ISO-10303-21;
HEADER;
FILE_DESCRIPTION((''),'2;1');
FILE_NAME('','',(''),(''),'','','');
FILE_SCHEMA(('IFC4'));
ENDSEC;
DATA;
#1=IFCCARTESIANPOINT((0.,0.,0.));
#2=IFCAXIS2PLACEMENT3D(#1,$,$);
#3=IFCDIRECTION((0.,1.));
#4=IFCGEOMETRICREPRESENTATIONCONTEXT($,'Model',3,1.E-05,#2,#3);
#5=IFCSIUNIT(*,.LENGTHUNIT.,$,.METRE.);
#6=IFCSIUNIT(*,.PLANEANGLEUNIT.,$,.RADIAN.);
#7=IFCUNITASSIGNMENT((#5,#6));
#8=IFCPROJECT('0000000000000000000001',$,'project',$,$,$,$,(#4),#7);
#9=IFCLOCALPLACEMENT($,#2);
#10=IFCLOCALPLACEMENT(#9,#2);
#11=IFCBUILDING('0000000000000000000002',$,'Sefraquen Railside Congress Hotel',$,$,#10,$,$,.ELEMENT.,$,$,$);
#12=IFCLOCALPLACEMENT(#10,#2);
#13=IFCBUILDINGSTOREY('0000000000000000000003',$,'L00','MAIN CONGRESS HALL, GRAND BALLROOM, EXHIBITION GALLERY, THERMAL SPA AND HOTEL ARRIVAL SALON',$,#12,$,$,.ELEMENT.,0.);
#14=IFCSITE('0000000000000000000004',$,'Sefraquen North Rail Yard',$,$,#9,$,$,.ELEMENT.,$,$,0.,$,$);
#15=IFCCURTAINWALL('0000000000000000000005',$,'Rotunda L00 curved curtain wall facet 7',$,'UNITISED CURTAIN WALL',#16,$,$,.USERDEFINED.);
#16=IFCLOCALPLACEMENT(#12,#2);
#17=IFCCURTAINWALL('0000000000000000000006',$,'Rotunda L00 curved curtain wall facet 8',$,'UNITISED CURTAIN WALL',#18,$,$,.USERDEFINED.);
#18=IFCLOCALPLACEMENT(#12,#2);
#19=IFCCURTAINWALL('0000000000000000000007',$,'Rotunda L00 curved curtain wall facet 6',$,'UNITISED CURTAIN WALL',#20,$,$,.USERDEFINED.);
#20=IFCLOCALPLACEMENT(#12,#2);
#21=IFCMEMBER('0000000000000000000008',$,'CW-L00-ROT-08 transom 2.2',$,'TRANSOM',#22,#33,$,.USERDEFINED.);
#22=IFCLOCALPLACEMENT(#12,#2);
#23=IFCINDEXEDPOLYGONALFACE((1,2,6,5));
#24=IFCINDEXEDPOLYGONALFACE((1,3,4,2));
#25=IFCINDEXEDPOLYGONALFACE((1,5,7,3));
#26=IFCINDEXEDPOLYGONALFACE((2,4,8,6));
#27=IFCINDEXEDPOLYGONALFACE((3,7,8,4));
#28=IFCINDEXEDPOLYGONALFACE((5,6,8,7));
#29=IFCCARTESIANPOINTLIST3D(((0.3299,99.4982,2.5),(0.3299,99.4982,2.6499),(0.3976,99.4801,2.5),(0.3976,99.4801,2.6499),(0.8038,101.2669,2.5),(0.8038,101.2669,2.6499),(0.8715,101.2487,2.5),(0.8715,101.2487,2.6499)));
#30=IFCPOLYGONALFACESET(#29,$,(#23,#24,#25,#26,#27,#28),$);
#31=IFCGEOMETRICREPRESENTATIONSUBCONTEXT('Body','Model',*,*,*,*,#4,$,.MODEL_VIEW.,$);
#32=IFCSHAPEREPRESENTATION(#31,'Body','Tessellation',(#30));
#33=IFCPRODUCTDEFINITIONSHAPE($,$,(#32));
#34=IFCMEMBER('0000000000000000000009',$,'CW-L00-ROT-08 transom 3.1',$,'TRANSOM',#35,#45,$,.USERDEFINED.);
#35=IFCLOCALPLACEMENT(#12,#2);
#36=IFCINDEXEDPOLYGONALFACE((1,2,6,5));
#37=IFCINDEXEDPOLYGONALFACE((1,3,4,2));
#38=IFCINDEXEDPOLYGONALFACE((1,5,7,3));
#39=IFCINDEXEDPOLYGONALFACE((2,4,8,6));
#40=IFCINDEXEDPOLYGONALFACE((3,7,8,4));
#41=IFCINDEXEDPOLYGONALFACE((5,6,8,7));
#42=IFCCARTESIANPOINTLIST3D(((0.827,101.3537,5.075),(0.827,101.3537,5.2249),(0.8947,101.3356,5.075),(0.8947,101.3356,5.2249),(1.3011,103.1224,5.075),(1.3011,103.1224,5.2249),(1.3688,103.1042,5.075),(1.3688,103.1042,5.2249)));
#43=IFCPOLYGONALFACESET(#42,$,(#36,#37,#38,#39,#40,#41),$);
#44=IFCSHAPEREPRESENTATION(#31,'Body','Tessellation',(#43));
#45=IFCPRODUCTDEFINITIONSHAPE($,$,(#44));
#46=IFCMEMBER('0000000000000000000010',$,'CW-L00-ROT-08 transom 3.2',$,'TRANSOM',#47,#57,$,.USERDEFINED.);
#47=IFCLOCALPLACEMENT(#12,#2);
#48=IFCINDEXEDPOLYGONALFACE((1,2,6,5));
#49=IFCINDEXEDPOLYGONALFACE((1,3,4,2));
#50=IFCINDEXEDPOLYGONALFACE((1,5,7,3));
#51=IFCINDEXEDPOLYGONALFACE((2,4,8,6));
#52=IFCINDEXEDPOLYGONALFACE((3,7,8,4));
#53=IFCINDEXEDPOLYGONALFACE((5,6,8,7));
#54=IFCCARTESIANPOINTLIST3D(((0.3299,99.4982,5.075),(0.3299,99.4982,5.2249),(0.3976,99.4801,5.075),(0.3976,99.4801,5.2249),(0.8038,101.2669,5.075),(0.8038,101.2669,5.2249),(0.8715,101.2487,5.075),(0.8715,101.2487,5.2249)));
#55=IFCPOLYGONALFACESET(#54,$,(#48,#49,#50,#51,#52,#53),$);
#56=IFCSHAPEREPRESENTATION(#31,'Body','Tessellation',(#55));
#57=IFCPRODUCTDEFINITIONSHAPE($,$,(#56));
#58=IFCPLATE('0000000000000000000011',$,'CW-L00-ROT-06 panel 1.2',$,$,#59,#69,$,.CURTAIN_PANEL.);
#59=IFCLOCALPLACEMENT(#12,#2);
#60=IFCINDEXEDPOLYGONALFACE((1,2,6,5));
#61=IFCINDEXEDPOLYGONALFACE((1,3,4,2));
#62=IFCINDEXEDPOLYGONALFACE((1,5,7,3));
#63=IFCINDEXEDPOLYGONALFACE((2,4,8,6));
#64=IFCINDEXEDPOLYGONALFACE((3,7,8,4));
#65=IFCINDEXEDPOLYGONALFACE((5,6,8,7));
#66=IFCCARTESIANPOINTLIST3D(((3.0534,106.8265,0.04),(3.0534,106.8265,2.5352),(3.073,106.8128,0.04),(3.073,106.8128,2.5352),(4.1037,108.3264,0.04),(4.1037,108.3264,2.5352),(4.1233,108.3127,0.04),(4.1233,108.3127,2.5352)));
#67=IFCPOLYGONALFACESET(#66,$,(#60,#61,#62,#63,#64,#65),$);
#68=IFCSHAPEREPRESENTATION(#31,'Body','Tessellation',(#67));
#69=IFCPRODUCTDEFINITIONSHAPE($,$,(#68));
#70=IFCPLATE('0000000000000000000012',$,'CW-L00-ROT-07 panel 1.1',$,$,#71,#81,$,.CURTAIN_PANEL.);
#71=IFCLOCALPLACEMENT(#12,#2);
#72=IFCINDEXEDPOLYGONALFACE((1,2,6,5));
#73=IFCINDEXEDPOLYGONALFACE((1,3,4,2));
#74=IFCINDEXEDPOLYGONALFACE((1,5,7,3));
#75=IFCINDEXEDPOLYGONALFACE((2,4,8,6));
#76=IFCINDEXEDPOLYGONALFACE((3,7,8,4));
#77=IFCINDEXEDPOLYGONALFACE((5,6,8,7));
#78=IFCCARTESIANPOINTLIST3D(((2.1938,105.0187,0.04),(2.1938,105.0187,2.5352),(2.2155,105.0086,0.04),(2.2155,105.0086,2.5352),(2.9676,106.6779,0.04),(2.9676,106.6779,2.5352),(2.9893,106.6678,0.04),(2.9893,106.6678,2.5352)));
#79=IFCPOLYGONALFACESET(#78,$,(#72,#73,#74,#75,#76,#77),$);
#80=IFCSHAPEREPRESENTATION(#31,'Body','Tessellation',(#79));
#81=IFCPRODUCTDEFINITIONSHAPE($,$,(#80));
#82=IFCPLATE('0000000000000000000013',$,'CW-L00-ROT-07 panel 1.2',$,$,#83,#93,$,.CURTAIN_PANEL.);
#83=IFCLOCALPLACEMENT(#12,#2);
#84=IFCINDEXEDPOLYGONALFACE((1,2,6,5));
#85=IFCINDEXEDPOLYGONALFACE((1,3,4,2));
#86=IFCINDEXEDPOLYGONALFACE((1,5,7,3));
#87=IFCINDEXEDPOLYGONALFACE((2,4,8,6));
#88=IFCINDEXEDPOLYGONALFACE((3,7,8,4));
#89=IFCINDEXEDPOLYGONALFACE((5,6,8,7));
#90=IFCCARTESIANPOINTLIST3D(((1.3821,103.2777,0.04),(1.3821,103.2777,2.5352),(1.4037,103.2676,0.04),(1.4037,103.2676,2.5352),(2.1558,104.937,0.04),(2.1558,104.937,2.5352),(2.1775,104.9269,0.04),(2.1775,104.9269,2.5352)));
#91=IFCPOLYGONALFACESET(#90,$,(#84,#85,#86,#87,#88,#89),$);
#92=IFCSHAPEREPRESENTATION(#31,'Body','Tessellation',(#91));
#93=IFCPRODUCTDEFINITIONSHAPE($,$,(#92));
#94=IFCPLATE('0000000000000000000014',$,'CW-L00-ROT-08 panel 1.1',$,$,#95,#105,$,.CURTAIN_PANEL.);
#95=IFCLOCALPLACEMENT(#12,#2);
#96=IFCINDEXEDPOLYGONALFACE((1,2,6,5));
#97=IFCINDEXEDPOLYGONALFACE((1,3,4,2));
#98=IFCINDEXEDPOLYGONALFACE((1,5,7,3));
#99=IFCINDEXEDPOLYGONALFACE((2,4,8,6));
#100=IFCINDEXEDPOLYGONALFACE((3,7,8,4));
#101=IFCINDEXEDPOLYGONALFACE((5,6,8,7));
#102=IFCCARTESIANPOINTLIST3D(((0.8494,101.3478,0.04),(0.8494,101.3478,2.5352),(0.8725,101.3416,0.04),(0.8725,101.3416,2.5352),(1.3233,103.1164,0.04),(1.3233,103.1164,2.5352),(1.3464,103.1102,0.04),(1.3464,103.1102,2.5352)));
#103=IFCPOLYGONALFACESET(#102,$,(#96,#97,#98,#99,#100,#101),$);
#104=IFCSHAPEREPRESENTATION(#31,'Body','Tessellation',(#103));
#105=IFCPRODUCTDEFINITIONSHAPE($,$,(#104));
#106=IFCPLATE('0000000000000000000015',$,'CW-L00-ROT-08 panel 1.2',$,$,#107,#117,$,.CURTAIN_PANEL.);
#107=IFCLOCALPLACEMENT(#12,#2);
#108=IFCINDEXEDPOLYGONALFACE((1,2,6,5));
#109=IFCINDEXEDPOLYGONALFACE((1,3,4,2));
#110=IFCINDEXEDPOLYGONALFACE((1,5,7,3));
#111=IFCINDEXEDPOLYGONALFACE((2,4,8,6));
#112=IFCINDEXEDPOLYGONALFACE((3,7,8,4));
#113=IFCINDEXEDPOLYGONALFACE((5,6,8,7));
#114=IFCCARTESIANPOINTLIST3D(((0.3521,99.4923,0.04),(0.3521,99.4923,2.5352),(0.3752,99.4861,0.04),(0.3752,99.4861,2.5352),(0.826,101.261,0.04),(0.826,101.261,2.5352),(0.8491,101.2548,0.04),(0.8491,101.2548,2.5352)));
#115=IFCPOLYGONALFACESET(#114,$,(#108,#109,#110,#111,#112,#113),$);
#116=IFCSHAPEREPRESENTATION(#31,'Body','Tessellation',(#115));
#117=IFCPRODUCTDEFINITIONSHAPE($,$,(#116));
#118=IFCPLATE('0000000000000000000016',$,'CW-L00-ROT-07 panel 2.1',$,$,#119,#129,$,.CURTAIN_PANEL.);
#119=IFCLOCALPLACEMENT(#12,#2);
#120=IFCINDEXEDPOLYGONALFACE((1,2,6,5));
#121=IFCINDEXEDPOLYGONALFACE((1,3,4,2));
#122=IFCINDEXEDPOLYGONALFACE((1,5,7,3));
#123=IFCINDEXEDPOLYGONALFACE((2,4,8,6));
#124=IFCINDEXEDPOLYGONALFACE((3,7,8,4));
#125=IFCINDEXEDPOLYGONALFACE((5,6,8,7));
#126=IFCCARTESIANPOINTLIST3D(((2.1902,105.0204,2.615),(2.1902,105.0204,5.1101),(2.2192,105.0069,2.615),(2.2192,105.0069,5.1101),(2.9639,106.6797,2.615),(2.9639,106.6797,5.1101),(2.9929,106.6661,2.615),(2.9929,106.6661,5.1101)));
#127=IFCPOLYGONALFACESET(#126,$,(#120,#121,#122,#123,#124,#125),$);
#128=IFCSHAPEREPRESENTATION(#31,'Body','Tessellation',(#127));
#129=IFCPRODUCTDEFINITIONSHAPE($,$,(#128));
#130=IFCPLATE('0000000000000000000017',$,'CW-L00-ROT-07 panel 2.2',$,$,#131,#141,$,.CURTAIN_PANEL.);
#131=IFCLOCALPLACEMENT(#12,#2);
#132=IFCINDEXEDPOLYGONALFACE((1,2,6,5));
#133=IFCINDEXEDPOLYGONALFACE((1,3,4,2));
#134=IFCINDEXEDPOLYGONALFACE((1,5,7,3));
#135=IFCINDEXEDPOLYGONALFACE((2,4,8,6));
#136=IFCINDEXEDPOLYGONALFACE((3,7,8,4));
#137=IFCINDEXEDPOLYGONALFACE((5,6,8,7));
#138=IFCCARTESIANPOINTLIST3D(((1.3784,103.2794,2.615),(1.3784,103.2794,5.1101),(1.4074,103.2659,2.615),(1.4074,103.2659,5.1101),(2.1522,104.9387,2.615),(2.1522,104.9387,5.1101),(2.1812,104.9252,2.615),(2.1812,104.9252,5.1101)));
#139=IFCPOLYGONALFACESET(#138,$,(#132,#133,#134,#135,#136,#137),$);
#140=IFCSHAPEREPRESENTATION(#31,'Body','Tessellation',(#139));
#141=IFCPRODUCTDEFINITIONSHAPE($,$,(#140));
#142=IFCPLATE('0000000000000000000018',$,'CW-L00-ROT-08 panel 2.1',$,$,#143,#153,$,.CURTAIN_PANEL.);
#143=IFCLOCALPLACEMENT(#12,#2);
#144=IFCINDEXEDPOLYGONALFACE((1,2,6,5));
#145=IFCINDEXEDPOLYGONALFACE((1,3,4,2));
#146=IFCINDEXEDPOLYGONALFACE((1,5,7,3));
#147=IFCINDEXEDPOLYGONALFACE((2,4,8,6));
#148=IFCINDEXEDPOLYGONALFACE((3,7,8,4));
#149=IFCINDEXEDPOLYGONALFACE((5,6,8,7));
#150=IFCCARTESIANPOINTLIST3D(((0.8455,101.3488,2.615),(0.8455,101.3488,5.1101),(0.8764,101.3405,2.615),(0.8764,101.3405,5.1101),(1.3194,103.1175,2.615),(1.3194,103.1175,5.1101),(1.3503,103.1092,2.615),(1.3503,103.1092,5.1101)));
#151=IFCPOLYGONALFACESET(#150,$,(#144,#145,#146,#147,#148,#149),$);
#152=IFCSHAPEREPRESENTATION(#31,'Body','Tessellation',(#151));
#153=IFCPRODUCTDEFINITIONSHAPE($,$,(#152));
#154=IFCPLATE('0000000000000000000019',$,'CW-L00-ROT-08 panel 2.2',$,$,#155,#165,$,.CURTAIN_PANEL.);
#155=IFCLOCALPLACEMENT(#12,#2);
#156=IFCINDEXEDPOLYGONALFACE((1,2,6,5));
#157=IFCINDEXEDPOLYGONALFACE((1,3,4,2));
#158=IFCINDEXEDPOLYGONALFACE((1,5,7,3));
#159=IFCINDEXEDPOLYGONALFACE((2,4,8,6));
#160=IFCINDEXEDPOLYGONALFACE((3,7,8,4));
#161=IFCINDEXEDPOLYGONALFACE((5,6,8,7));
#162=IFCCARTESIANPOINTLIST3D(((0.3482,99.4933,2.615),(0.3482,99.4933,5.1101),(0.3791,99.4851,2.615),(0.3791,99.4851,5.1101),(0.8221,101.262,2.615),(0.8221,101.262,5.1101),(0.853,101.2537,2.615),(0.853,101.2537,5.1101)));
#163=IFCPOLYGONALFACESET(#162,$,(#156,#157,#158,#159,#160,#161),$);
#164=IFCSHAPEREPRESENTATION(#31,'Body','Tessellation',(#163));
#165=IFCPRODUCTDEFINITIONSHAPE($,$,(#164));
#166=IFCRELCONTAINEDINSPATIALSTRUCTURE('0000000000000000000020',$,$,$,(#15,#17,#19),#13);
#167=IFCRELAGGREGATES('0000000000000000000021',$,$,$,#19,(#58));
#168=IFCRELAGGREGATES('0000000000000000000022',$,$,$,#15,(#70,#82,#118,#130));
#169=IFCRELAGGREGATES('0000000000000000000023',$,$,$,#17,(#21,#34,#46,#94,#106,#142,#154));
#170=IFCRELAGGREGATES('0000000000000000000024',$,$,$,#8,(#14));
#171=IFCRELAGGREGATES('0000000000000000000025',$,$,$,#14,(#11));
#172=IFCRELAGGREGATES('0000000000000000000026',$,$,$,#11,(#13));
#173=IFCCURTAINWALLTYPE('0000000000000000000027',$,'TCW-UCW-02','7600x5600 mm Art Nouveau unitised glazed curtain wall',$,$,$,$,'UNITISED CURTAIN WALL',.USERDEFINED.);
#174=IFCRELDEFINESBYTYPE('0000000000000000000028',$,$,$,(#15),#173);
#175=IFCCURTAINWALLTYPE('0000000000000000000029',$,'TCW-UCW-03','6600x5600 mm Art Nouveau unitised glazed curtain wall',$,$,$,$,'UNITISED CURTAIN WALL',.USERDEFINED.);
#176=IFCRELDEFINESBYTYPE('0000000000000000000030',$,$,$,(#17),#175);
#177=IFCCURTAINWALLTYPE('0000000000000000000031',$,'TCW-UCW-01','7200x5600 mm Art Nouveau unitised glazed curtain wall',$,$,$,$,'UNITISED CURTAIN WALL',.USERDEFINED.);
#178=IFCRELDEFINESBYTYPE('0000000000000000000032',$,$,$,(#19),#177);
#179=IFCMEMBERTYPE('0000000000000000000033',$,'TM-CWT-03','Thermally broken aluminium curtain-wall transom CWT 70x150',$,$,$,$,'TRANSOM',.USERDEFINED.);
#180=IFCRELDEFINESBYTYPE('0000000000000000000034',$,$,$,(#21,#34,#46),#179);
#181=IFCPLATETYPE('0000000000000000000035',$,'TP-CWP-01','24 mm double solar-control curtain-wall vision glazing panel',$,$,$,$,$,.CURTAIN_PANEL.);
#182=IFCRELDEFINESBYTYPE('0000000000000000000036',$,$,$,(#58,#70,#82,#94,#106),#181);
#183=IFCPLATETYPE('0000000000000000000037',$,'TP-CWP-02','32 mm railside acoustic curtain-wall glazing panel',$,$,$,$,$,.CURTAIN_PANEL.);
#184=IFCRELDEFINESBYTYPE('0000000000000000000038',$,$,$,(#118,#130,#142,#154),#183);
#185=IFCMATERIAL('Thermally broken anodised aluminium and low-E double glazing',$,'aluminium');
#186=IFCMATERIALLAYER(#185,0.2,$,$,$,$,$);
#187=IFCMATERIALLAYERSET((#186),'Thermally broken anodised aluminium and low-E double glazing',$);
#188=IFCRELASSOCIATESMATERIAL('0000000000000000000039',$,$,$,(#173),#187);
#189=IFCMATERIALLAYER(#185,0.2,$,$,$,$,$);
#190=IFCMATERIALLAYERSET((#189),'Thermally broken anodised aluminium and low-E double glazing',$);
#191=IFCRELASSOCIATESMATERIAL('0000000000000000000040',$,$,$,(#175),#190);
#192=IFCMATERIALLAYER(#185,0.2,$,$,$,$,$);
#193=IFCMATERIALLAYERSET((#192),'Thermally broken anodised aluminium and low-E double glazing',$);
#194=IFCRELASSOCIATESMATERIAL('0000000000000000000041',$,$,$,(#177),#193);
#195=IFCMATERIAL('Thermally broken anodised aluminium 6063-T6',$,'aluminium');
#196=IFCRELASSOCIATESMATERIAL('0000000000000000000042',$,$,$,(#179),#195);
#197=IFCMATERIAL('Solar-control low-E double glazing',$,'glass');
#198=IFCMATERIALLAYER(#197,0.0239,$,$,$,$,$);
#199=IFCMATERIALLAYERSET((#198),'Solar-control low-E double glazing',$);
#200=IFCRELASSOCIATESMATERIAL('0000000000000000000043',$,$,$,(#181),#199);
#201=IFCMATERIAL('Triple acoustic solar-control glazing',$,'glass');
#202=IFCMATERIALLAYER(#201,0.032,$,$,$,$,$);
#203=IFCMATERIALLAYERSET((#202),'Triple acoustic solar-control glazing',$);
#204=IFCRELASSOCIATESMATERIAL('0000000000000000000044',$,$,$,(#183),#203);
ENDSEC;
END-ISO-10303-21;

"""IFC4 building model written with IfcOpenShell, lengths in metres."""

from ifc_helpers import new_model, si_unit, direction, frame, origin, origin_2d, place, context, subcontext, project, spatial, rectangle, extrude, material, layer, layer_set, material_profile, profile_set, type_object, element, aggregate, save


model = new_model("IFC4")

# Units and contexts
model_context = context("Model", 3, precision=1e-05, world=origin(), true_north=direction((0.0, 1.0)))
body_context = subcontext(model_context, "Body", "Model", "MODEL_VIEW")
ifc_project = project(units=[si_unit("LENGTHUNIT", "METRE"), si_unit("PLANEANGLEUNIT", "RADIAN")], contexts=[model_context])

# Site, building, storey
site_placement = place(None, origin())
site = spatial("IfcSite", under=ifc_project, at=site_placement, Name="Sefraquen North Rail Yard", CompositionType="ELEMENT", RefElevation=0.0)
building_placement = place(site_placement, origin())
building = spatial("IfcBuilding", under=site, at=building_placement, Name="Sefraquen Railside Congress Hotel", CompositionType="ELEMENT")
storey_placement = place(building_placement, origin())
storey = spatial("IfcBuildingStorey", under=building, at=storey_placement, Name="L00", Description="MAIN CONGRESS HALL, GRAND BALLROOM, EXHIBITION GALLERY, THERMAL SPA AND HOTEL ARRIVAL SALON", CompositionType="ELEMENT", Elevation=0.0)

# Curtain walls
ifc_material_1 = material(Name="Thermally broken anodised aluminium and low-E double glazing", Category="aluminium")
ifc_layer_1 = layer(ifc_material_1, 0.2)
ifc_layer_set_1 = layer_set([ifc_layer_1], Name="Thermally broken anodised aluminium and low-E double glazing")
curtain_wall_type_1 = type_object("IfcCurtainWallType", Name="TCW-UCW-02", Description="7600x5600 mm Art Nouveau unitised glazed curtain wall", ElementType="UNITISED CURTAIN WALL", PredefinedType="USERDEFINED", material=ifc_layer_set_1)
curtain_wall_1_placement = place(storey_placement, origin())
curtain_wall_1 = element("IfcCurtainWall", 1, at=curtain_wall_1_placement, inside=storey, type_object=curtain_wall_type_1, Name="Rotunda L00 curved curtain wall facet 7", ObjectType="UNITISED CURTAIN WALL", PredefinedType="USERDEFINED")
ifc_material_2 = material(Name="Thermally broken anodised aluminium 6063-T6", Category="aluminium")
ifc_layer_2 = layer(ifc_material_1, 0.2)
ifc_layer_set_2 = layer_set([ifc_layer_2], Name="Thermally broken anodised aluminium and low-E double glazing")
curtain_wall_type_2 = type_object("IfcCurtainWallType", Name="TCW-UCW-03", Description="6600x5600 mm Art Nouveau unitised glazed curtain wall", ElementType="UNITISED CURTAIN WALL", PredefinedType="USERDEFINED", material=ifc_layer_set_2)
curtain_wall_2_placement = place(storey_placement, origin())
curtain_wall_2 = element("IfcCurtainWall", 2, at=curtain_wall_2_placement, inside=storey, type_object=curtain_wall_type_2, Name="Rotunda L00 curved curtain wall facet 8", ObjectType="UNITISED CURTAIN WALL", PredefinedType="USERDEFINED")
ifc_layer_3 = layer(ifc_material_1, 0.2)
ifc_layer_set_3 = layer_set([ifc_layer_3], Name="Thermally broken anodised aluminium and low-E double glazing")
curtain_wall_type_3 = type_object("IfcCurtainWallType", Name="TCW-UCW-01", Description="7200x5600 mm Art Nouveau unitised glazed curtain wall", ElementType="UNITISED CURTAIN WALL", PredefinedType="USERDEFINED", material=ifc_layer_set_3)
curtain_wall_3_placement = place(storey_placement, origin())
curtain_wall_3 = element("IfcCurtainWall", 3, at=curtain_wall_3_placement, inside=storey, type_object=curtain_wall_type_3, Name="Rotunda L00 curved curtain wall facet 6", ObjectType="UNITISED CURTAIN WALL", PredefinedType="USERDEFINED")

# Members
ifc_material_profile_1 = material_profile(ifc_material_2, rectangle(XDim=0.0701, YDim=0.1499, at=origin_2d()), Name="CWT 70x150")
ifc_profile_set_1 = profile_set([ifc_material_profile_1], Name="Thermally broken anodised aluminium 6063-T6")
member_type_1 = type_object("IfcMemberType", Name="TM-CWT-03", Description="Thermally broken aluminium curtain-wall transom CWT 70x150", ElementType="TRANSOM", PredefinedType="USERDEFINED", material=ifc_profile_set_1)
member_1_placement = place(storey_placement, frame((0.8376, 101.2578, 2.575), z_axis=(-0.258816, -0.965927, 0.0), x_axis=(0.965927, -0.258816, 0.0)))
member_1 = element("IfcMember", 4, at=member_1_placement, type_object=member_type_1, Name="CW-L00-ROT-08 transom 2.2", ObjectType="TRANSOM", PredefinedType="USERDEFINED", context=body_context, shape_type="SweptSolid", body=[
    extrude(rectangle(XDim=0.0701, YDim=0.1499, at=origin_2d()), origin(), (0.0, 0.0, 1.0), 1.8311),
])
member_2_placement = place(storey_placement, frame((1.335, 103.1133, 5.1499), z_axis=(-0.25894, -0.965893, 0.0), x_axis=(0.965893, -0.25894, 0.0)))
member_2 = element("IfcMember", 5, at=member_2_placement, type_object=member_type_1, Name="CW-L00-ROT-08 transom 3.1", ObjectType="TRANSOM", PredefinedType="USERDEFINED", context=body_context, shape_type="SweptSolid", body=[
    extrude(rectangle(XDim=0.0701, YDim=0.1499, at=origin_2d()), origin(), (0.0, 0.0, 1.0), 1.8311),
])
member_3_placement = place(storey_placement, frame((0.8376, 101.2578, 5.1499), z_axis=(-0.258816, -0.965927, 0.0), x_axis=(0.965927, -0.258816, 0.0)))
member_3 = element("IfcMember", 6, at=member_3_placement, type_object=member_type_1, Name="CW-L00-ROT-08 transom 3.2", ObjectType="TRANSOM", PredefinedType="USERDEFINED", context=body_context, shape_type="SweptSolid", body=[
    extrude(rectangle(XDim=0.0701, YDim=0.1499, at=origin_2d()), origin(), (0.0, 0.0, 1.0), 1.8311),
])

# Plates
ifc_material_3 = material(Name="Solar-control low-E double glazing", Category="glass")
ifc_layer_4 = layer(ifc_material_3, 0.0239)
ifc_layer_set_4 = layer_set([ifc_layer_4], Name="Solar-control low-E double glazing")
plate_type_1 = type_object("IfcPlateType", Name="TP-CWP-01", Description="24 mm double solar-control curtain-wall vision glazing panel", PredefinedType="CURTAIN_PANEL", material=ifc_layer_set_4)
plate_1_placement = place(storey_placement, frame((3.5884, 107.5696, 0.04), z_axis=(0.0, 0.0, 1.0), x_axis=(-0.573605, -0.819132, 0.0)))
plate_1 = element("IfcPlate", 7, at=plate_1_placement, type_object=plate_type_1, Name="CW-L00-ROT-06 panel 1.2", PredefinedType="CURTAIN_PANEL", context=body_context, shape_type="SweptSolid", body=[
    extrude(rectangle(XDim=1.8311, YDim=0.0239, at=origin_2d()), origin(), (0.0, 0.0, 1.0), 2.4951),
])
aggregate(curtain_wall_3, [plate_1])
plate_2_placement = place(storey_placement, frame((2.5916, 105.8433, 0.04), z_axis=(0.0, 0.0, 1.0), x_axis=(-0.422634, -0.9063, 0.0)))
plate_2 = element("IfcPlate", 8, at=plate_2_placement, type_object=plate_type_1, Name="CW-L00-ROT-07 panel 1.1", PredefinedType="CURTAIN_PANEL", context=body_context, shape_type="SweptSolid", body=[
    extrude(rectangle(XDim=1.8308, YDim=0.0239, at=origin_2d()), origin(), (0.0, 0.0, 1.0), 2.4951),
])
plate_3_placement = place(storey_placement, frame((1.7798, 104.1023, 0.04), z_axis=(0.0, 0.0, 1.0), x_axis=(-0.422634, -0.9063, 0.0)))
plate_3 = element("IfcPlate", 9, at=plate_3_placement, type_object=plate_type_1, Name="CW-L00-ROT-07 panel 1.2", PredefinedType="CURTAIN_PANEL", context=body_context, shape_type="SweptSolid", body=[
    extrude(rectangle(XDim=1.8308, YDim=0.0239, at=origin_2d()), origin(), (0.0, 0.0, 1.0), 2.4951),
])
plate_4_placement = place(storey_placement, frame((1.0979, 102.229, 0.04), z_axis=(0.0, 0.0, 1.0), x_axis=(-0.258785, -0.965935, 0.0)))
plate_4 = element("IfcPlate", 10, at=plate_4_placement, type_object=plate_type_1, Name="CW-L00-ROT-08 panel 1.1", PredefinedType="CURTAIN_PANEL", context=body_context, shape_type="SweptSolid", body=[
    extrude(rectangle(XDim=1.8311, YDim=0.0239, at=origin_2d()), origin(), (0.0, 0.0, 1.0), 2.4951),
])
plate_5_placement = place(storey_placement, frame((0.6006, 100.3735, 0.04), z_axis=(0.0, 0.0, 1.0), x_axis=(-0.258785, -0.965935, 0.0)))
plate_5 = element("IfcPlate", 11, at=plate_5_placement, type_object=plate_type_1, Name="CW-L00-ROT-08 panel 1.2", PredefinedType="CURTAIN_PANEL", context=body_context, shape_type="SweptSolid", body=[
    extrude(rectangle(XDim=1.8311, YDim=0.0239, at=origin_2d()), origin(), (0.0, 0.0, 1.0), 2.4951),
])
ifc_material_4 = material(Name="Triple acoustic solar-control glazing", Category="glass")
ifc_layer_5 = layer(ifc_material_4, 0.032)
ifc_layer_set_5 = layer_set([ifc_layer_5], Name="Triple acoustic solar-control glazing")
plate_type_2 = type_object("IfcPlateType", Name="TP-CWP-02", Description="32 mm railside acoustic curtain-wall glazing panel", PredefinedType="CURTAIN_PANEL", material=ifc_layer_set_5)
plate_6_placement = place(storey_placement, frame((2.5916, 105.8433, 2.615), z_axis=(0.0, 0.0, 1.0), x_axis=(-0.422634, -0.9063, 0.0)))
plate_6 = element("IfcPlate", 12, at=plate_6_placement, type_object=plate_type_2, Name="CW-L00-ROT-07 panel 2.1", PredefinedType="CURTAIN_PANEL", context=body_context, shape_type="SweptSolid", body=[
    extrude(rectangle(XDim=1.8308, YDim=0.032, at=origin_2d()), origin(), (0.0, 0.0, 1.0), 2.4951),
])
plate_7_placement = place(storey_placement, frame((1.7798, 104.1023, 2.615), z_axis=(0.0, 0.0, 1.0), x_axis=(-0.422634, -0.9063, 0.0)))
plate_7 = element("IfcPlate", 13, at=plate_7_placement, type_object=plate_type_2, Name="CW-L00-ROT-07 panel 2.2", PredefinedType="CURTAIN_PANEL", context=body_context, shape_type="SweptSolid", body=[
    extrude(rectangle(XDim=1.8308, YDim=0.032, at=origin_2d()), origin(), (0.0, 0.0, 1.0), 2.4951),
])
aggregate(curtain_wall_1, [plate_2, plate_3, plate_6, plate_7])
plate_8_placement = place(storey_placement, frame((1.0979, 102.229, 2.615), z_axis=(0.0, 0.0, 1.0), x_axis=(-0.258785, -0.965935, 0.0)))
plate_8 = element("IfcPlate", 14, at=plate_8_placement, type_object=plate_type_2, Name="CW-L00-ROT-08 panel 2.1", PredefinedType="CURTAIN_PANEL", context=body_context, shape_type="SweptSolid", body=[
    extrude(rectangle(XDim=1.8311, YDim=0.032, at=origin_2d()), origin(), (0.0, 0.0, 1.0), 2.4951),
])
plate_9_placement = place(storey_placement, frame((0.6006, 100.3735, 2.615), z_axis=(0.0, 0.0, 1.0), x_axis=(-0.258785, -0.965935, 0.0)))
plate_9 = element("IfcPlate", 15, at=plate_9_placement, type_object=plate_type_2, Name="CW-L00-ROT-08 panel 2.2", PredefinedType="CURTAIN_PANEL", context=body_context, shape_type="SweptSolid", body=[
    extrude(rectangle(XDim=1.8311, YDim=0.032, at=origin_2d()), origin(), (0.0, 0.0, 1.0), 2.4951),
])
aggregate(curtain_wall_2, [member_1, member_2, member_3, plate_4, plate_5, plate_8, plate_9])

save(model, "model.ifc")
